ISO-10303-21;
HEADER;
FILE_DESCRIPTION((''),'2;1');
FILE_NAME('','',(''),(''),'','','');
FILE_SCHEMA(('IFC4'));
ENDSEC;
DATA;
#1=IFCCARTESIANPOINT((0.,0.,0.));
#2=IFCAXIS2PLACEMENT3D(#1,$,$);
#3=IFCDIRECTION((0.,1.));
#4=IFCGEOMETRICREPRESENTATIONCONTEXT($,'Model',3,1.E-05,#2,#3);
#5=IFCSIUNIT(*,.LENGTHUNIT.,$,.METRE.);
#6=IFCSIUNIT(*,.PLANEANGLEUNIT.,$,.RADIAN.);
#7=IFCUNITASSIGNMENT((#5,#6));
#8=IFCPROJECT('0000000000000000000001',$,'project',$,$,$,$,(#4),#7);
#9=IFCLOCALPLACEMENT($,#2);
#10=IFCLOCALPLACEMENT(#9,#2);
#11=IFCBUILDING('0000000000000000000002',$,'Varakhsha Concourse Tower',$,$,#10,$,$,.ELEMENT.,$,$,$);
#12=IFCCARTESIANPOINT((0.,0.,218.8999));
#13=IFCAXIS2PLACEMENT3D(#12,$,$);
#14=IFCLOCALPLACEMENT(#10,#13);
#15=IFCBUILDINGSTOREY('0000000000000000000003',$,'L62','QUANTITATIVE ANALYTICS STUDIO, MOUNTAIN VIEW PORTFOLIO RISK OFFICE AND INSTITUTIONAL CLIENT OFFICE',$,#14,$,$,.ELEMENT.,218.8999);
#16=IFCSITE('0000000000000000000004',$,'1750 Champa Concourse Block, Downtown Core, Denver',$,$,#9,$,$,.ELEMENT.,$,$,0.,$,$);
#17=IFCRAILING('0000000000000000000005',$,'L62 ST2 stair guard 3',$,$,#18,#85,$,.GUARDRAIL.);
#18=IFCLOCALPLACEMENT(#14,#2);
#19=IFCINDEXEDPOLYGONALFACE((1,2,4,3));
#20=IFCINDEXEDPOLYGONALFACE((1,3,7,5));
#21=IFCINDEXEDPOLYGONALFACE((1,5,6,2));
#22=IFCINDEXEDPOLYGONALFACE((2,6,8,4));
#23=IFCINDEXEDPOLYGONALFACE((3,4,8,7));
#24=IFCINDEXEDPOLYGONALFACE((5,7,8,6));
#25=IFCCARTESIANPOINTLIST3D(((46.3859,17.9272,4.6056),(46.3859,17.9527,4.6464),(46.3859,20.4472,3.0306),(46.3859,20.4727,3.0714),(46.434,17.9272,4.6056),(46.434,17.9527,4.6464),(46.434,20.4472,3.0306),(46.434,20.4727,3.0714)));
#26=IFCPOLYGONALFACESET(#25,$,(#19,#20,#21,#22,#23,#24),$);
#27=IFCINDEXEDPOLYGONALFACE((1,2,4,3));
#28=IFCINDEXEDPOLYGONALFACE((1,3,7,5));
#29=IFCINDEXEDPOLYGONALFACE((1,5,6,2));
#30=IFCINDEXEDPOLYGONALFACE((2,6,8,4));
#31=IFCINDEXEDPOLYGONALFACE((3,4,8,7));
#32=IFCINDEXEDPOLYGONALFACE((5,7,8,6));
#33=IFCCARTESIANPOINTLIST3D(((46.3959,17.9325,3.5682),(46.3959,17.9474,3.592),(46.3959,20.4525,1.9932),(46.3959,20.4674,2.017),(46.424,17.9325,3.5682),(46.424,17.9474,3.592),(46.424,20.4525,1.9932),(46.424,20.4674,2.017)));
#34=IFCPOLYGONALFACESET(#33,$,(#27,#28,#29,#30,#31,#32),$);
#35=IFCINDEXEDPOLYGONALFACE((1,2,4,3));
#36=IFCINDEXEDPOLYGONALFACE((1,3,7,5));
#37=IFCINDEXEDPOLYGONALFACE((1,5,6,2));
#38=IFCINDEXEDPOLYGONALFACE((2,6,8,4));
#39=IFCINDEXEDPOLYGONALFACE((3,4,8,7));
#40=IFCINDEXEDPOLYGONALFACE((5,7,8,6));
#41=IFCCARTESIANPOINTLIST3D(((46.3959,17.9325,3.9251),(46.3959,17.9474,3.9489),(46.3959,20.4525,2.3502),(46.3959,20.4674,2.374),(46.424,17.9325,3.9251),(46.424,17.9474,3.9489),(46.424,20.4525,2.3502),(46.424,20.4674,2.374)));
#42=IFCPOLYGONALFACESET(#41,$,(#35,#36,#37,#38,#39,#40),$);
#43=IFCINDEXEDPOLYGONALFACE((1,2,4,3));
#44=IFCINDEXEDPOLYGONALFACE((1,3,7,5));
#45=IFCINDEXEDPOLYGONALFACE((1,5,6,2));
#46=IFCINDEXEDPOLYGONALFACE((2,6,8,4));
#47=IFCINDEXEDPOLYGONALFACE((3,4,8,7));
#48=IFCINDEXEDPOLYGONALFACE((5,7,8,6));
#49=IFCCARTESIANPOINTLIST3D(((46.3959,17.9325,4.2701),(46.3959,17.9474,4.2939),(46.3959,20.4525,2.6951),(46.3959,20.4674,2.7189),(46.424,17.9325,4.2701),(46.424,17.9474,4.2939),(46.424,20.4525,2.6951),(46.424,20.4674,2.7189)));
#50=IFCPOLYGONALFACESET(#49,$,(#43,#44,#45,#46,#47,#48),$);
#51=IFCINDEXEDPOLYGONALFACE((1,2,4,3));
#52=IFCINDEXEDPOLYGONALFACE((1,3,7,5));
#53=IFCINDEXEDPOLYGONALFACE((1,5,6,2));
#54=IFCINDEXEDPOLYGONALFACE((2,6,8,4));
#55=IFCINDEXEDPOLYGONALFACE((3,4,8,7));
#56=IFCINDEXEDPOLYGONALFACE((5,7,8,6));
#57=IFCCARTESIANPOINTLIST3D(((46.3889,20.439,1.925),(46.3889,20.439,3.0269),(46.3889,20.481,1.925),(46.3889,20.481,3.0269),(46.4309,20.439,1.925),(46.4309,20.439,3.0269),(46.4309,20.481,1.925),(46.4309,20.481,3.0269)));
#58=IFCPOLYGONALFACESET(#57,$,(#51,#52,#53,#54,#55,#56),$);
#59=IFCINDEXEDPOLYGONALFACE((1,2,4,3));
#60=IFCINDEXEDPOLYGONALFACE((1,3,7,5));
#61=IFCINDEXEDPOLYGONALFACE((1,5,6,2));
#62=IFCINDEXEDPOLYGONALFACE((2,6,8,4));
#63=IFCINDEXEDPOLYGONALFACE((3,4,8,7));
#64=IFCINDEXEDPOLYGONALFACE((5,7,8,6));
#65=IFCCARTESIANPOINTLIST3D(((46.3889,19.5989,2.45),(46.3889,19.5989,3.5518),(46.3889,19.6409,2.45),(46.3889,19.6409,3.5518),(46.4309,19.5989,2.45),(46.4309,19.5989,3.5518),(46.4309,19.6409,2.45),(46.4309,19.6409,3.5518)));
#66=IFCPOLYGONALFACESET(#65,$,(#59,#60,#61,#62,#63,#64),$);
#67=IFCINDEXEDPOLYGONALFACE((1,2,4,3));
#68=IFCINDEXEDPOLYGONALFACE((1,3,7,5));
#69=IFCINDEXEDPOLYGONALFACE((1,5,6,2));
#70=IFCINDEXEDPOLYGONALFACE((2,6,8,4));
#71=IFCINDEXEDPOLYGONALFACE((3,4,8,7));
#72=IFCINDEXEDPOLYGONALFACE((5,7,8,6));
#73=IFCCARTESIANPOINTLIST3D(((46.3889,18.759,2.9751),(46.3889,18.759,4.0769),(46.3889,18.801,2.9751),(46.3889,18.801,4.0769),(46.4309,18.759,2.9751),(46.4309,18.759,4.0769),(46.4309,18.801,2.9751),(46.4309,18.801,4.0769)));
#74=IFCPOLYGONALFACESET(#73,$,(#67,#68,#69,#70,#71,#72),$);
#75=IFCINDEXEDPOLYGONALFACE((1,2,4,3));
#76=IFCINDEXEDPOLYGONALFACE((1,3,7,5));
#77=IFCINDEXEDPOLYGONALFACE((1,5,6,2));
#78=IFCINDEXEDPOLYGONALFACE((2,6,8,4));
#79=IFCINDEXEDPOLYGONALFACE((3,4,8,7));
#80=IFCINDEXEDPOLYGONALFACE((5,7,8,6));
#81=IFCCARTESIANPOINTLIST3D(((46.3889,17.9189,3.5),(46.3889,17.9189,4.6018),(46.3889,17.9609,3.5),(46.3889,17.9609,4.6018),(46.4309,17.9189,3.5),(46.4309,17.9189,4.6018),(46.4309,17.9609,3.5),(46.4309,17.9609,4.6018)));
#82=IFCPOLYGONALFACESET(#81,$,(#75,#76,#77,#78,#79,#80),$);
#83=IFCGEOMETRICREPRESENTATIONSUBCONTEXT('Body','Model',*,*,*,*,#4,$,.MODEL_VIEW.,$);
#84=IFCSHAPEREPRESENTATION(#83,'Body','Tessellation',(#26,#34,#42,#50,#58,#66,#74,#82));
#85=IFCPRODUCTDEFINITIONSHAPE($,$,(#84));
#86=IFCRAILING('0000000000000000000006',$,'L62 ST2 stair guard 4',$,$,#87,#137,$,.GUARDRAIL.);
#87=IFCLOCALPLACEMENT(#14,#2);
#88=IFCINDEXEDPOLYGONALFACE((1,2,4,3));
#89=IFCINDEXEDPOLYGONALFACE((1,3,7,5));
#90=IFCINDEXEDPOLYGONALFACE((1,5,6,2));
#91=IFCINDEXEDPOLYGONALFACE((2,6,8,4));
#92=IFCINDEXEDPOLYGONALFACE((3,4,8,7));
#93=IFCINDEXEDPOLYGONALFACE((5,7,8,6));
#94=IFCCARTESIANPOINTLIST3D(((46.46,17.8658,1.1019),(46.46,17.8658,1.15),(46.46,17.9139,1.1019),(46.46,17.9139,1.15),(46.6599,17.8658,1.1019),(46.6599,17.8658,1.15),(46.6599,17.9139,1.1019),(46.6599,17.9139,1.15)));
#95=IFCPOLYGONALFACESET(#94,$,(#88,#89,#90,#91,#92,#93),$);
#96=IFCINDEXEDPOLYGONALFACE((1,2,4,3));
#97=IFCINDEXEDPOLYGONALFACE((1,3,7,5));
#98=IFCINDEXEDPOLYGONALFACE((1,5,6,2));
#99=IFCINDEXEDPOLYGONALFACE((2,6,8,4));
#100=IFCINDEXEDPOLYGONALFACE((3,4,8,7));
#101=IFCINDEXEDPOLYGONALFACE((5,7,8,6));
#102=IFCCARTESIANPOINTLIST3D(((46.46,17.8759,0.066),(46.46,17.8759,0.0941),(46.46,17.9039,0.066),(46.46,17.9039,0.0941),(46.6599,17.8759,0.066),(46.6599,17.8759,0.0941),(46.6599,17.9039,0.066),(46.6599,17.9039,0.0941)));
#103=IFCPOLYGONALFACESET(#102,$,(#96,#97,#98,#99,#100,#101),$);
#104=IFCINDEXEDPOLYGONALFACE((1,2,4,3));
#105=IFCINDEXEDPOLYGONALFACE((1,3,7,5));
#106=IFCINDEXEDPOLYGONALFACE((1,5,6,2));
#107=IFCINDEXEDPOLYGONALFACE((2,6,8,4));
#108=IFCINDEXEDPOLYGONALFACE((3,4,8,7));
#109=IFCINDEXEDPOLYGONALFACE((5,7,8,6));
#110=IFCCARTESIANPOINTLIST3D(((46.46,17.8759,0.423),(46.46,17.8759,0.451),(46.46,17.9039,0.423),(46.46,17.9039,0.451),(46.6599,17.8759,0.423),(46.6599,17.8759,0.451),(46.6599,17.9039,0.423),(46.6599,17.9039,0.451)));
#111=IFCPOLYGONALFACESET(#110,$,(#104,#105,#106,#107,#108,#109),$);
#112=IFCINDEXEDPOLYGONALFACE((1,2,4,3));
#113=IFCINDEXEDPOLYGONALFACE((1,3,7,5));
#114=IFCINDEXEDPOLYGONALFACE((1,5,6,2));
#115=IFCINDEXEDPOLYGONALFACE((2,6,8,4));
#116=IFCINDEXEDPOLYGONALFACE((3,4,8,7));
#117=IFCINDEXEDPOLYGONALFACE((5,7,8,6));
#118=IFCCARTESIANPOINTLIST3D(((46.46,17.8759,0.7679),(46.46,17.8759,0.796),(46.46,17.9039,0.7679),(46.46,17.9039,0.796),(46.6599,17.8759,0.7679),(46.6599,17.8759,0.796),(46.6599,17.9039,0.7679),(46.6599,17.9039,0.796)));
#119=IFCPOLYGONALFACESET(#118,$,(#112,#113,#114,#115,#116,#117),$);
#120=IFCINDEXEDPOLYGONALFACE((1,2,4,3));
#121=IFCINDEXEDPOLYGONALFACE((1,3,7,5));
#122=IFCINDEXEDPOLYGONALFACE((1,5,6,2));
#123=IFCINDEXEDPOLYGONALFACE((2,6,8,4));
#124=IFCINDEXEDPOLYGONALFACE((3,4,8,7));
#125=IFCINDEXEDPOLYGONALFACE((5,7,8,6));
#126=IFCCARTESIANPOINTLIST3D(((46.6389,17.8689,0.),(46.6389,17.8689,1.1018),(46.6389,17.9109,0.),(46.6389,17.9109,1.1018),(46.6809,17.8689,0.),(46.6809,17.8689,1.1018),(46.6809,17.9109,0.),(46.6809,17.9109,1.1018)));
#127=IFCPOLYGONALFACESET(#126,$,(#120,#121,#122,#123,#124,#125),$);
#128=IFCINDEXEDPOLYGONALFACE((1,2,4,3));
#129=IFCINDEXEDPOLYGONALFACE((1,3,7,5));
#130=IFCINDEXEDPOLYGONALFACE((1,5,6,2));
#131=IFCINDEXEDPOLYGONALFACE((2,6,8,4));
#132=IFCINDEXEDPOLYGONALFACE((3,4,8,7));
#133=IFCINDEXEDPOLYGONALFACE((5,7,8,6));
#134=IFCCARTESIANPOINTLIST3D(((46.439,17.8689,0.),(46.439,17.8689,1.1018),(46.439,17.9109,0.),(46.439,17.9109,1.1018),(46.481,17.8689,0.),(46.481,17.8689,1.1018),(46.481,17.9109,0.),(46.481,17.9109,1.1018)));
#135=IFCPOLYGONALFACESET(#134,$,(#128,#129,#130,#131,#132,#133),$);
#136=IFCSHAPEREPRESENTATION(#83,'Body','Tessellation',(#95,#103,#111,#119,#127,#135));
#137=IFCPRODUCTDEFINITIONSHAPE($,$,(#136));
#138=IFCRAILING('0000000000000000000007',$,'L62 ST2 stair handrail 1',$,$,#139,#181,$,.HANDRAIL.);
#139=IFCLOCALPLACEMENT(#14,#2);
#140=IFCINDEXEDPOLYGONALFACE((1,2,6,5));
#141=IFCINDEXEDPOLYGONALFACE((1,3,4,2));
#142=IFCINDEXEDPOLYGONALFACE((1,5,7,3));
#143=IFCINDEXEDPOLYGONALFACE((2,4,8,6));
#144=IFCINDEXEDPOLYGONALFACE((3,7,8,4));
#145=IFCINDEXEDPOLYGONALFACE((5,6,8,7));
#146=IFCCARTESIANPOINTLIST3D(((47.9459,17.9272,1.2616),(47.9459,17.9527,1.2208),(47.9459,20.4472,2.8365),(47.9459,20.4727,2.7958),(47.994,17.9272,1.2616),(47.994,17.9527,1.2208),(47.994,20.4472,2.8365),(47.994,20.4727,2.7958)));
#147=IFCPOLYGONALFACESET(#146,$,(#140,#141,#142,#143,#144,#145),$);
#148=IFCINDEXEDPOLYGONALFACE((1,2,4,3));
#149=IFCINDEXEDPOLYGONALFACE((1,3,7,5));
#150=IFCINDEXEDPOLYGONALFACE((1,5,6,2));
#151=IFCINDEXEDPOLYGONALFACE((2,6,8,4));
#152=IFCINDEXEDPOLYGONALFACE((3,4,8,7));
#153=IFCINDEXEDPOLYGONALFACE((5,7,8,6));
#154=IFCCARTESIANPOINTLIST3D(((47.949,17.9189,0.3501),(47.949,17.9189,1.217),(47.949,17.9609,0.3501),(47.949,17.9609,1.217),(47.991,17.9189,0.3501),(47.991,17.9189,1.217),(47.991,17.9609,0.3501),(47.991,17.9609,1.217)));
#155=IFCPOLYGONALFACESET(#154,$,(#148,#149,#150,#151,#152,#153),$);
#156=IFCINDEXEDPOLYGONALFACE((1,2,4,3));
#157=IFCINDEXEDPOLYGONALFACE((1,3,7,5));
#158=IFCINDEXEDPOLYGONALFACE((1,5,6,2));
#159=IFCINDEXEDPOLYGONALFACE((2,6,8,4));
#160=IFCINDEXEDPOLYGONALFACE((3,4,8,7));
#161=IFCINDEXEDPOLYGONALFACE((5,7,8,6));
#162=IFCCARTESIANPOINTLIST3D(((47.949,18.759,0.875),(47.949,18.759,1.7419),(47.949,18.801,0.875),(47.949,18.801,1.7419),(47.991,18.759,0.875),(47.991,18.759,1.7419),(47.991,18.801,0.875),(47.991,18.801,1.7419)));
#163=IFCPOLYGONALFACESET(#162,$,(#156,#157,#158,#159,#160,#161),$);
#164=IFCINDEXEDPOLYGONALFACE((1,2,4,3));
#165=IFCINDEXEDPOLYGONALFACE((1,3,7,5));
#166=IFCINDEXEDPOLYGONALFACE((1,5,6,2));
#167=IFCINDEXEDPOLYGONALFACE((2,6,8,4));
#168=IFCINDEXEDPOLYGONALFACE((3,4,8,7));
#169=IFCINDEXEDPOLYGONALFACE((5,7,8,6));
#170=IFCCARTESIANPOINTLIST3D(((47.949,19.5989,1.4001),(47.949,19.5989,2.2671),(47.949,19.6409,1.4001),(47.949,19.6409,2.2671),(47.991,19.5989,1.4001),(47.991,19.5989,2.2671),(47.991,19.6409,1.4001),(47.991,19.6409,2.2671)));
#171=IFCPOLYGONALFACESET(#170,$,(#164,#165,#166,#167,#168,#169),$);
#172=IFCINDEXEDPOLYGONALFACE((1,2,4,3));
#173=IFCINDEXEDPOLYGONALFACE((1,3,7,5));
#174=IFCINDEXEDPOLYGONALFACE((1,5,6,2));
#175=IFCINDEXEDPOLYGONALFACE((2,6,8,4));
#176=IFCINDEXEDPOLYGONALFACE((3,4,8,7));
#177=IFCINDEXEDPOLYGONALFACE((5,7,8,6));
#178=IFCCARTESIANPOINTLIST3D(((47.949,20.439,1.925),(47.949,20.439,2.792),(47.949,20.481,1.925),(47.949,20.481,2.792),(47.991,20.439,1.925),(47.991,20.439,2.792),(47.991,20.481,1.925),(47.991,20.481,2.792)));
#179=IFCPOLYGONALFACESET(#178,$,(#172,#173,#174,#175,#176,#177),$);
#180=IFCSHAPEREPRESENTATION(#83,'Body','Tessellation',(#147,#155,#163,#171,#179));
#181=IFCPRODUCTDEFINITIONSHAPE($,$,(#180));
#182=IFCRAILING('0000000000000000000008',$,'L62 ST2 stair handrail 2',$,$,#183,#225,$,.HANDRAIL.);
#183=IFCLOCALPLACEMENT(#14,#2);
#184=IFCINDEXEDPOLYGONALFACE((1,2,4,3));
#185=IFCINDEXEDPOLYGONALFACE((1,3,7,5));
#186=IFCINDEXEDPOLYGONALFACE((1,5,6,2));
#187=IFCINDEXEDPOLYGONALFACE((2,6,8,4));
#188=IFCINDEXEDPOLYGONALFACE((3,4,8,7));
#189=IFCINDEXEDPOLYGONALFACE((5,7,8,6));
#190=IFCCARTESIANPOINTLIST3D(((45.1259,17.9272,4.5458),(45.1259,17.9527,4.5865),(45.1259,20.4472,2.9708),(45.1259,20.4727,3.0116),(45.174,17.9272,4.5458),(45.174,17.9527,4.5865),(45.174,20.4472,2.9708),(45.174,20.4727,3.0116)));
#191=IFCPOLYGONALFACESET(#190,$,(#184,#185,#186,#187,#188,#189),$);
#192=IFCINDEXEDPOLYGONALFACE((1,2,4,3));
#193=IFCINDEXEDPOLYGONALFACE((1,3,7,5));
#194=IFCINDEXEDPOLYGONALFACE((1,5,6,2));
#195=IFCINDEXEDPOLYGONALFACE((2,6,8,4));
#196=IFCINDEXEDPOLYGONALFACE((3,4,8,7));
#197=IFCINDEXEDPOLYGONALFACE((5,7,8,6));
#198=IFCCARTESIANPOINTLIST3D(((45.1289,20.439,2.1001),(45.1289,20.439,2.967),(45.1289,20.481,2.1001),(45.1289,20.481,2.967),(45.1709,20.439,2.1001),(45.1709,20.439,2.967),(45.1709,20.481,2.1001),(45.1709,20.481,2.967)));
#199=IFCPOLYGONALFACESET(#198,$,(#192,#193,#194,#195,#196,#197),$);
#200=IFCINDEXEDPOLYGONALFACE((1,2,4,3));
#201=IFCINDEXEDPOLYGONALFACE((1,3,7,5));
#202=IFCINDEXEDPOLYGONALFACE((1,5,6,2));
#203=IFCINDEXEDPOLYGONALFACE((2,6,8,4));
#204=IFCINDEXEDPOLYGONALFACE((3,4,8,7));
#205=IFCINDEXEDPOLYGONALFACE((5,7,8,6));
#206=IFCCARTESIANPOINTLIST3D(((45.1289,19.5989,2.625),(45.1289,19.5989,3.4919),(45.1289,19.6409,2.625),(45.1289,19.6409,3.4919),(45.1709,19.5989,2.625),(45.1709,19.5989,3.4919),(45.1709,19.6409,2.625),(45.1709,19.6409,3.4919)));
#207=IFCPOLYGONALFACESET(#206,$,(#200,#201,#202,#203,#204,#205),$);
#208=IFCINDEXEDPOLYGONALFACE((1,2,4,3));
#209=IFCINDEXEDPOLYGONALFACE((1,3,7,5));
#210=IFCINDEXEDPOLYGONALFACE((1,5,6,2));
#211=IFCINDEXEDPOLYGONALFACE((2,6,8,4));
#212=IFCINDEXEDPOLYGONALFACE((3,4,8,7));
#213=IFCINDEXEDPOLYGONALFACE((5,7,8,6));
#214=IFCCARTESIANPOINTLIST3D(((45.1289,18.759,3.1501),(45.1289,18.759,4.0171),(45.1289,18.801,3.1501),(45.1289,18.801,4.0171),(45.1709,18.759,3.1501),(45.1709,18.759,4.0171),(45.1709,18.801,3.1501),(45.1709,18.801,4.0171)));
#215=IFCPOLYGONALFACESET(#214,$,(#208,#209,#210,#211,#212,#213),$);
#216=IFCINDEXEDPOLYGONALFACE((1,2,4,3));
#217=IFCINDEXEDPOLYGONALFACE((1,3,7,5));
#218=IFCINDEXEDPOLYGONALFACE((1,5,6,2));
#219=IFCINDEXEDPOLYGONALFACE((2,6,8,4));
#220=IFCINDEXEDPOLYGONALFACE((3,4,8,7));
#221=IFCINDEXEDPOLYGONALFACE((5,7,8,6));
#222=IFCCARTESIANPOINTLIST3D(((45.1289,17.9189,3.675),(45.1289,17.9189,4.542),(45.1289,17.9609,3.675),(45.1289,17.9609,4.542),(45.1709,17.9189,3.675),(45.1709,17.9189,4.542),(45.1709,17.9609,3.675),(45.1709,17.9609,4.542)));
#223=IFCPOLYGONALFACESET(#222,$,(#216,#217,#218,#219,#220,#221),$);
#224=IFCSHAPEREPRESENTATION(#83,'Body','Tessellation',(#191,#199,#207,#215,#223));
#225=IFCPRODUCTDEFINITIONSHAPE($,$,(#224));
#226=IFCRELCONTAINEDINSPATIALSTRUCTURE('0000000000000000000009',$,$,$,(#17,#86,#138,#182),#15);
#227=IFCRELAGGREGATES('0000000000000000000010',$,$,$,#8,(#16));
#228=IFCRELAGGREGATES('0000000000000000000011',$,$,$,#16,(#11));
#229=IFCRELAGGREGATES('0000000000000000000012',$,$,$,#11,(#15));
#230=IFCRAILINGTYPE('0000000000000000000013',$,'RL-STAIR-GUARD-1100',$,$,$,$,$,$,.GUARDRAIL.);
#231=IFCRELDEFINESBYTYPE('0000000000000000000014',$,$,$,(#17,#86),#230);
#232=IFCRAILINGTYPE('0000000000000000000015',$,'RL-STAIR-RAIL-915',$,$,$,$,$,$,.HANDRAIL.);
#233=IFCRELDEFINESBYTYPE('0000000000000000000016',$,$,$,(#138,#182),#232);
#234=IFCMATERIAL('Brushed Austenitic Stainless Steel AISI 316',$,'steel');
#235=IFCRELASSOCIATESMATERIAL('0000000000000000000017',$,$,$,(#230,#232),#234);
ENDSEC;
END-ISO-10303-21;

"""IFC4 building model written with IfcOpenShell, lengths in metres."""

from ifc_helpers import new_model, si_unit, direction, frame, origin, origin_2d, place, context, subcontext, project, spatial, rectangle, extrude, material, type_object, element, save


model = new_model("IFC4")

# Units and contexts
model_context = context("Model", 3, precision=1e-05, world=origin(), true_north=direction((0.0, 1.0)))
body_context = subcontext(model_context, "Body", "Model", "MODEL_VIEW")
ifc_project = project(units=[si_unit("LENGTHUNIT", "METRE"), si_unit("PLANEANGLEUNIT", "RADIAN")], contexts=[model_context])

# Site, building, storey
site_placement = place(None, origin())
site = spatial("IfcSite", under=ifc_project, at=site_placement, Name="1750 Champa Concourse Block, Downtown Core, Denver", CompositionType="ELEMENT", RefElevation=0.0)
building_placement = place(site_placement, origin())
building = spatial("IfcBuilding", under=site, at=building_placement, Name="Varakhsha Concourse Tower", CompositionType="ELEMENT")
storey_placement = place(building_placement, frame((0.0, 0.0, 218.8999)))
storey = spatial("IfcBuildingStorey", under=building, at=storey_placement, Name="L62", Description="QUANTITATIVE ANALYTICS STUDIO, MOUNTAIN VIEW PORTFOLIO RISK OFFICE AND INSTITUTIONAL CLIENT OFFICE", CompositionType="ELEMENT", Elevation=218.8999)

# Railings
ifc_material_1 = material(Name="Brushed Austenitic Stainless Steel AISI 316", Category="steel")
railing_type_1 = type_object("IfcRailingType", Name="RL-STAIR-GUARD-1100", PredefinedType="GUARDRAIL", material=ifc_material_1)
railing_1_placement = place(storey_placement, frame((46.4099, 20.46, 1.925)))
element("IfcRailing", 1, at=railing_1_placement, inside=storey, type_object=railing_type_1, Name="L62 ST2 stair guard 3", PredefinedType="GUARDRAIL", context=body_context, shape_type="SweptSolid", body=[
    extrude(rectangle(XDim=0.0481, YDim=0.0481, at=origin_2d()), frame((0.0, 0.0, 1.126), z_axis=(0.0, -0.848008, 0.529984), x_axis=(1.0, 0.0, 0.0)), (0.0, 0.0, 1.0), 2.9717),
    extrude(rectangle(XDim=0.0281, YDim=0.0281, at=origin_2d()), frame((0.0, 0.0, 0.0801), z_axis=(0.0, -0.848008, 0.529984), x_axis=(1.0, 0.0, 0.0)), (0.0, 0.0, 1.0), 2.9717),
    extrude(rectangle(XDim=0.0281, YDim=0.0281, at=origin_2d()), frame((0.0, 0.0, 0.437), z_axis=(0.0, -0.848008, 0.529984), x_axis=(1.0, 0.0, 0.0)), (0.0, 0.0, 1.0), 2.9717),
    extrude(rectangle(XDim=0.0281, YDim=0.0281, at=origin_2d()), frame((0.0, 0.0, 0.782), z_axis=(0.0, -0.848008, 0.529984), x_axis=(1.0, 0.0, 0.0)), (0.0, 0.0, 1.0), 2.9717),
    extrude(rectangle(XDim=0.042, YDim=0.042, at=origin_2d()), origin(), (0.0, 0.0, 1.0), 1.1018),
    extrude(rectangle(XDim=0.042, YDim=0.042, at=origin_2d()), frame((0.0, -0.8401, 0.5249)), (0.0, 0.0, 1.0), 1.1018),
    extrude(rectangle(XDim=0.042, YDim=0.042, at=origin_2d()), frame((0.0, -1.6799, 1.05)), (0.0, 0.0, 1.0), 1.1018),
    extrude(rectangle(XDim=0.042, YDim=0.042, at=origin_2d()), frame((0.0, -2.52, 1.575)), (0.0, 0.0, 1.0), 1.1018),
])
railing_2_placement = place(storey_placement, frame((46.6599, 17.8899, 0.0)))
element("IfcRailing", 2, at=railing_2_placement, inside=storey, type_object=railing_type_1, Name="L62 ST2 stair guard 4", PredefinedType="GUARDRAIL", context=body_context, shape_type="SweptSolid", body=[
    extrude(rectangle(XDim=0.0481, YDim=0.0481, at=origin_2d()), frame((0.0, 0.0, 1.126), z_axis=(-1.0, 0.0, 0.0), x_axis=(0.0, -1.0, 0.0)), (0.0, 0.0, 1.0), 0.2),
    extrude(rectangle(XDim=0.0281, YDim=0.0281, at=origin_2d()), frame((0.0, 0.0, 0.0801), z_axis=(-1.0, 0.0, 0.0), x_axis=(0.0, -1.0, 0.0)), (0.0, 0.0, 1.0), 0.2),
    extrude(rectangle(XDim=0.0281, YDim=0.0281, at=origin_2d()), frame((0.0, 0.0, 0.437), z_axis=(-1.0, 0.0, 0.0), x_axis=(0.0, -1.0, 0.0)), (0.0, 0.0, 1.0), 0.2),
    extrude(rectangle(XDim=0.0281, YDim=0.0281, at=origin_2d()), frame((0.0, 0.0, 0.782), z_axis=(-1.0, 0.0, 0.0), x_axis=(0.0, -1.0, 0.0)), (0.0, 0.0, 1.0), 0.2),
    extrude(rectangle(XDim=0.042, YDim=0.042, at=origin_2d()), origin(), (0.0, 0.0, 1.0), 1.1018),
    extrude(rectangle(XDim=0.042, YDim=0.042, at=origin_2d()), frame((-0.2, 0.0, 0.0)), (0.0, 0.0, 1.0), 1.1018),
])
railing_type_2 = type_object("IfcRailingType", Name="RL-STAIR-RAIL-915", PredefinedType="HANDRAIL", material=ifc_material_1)
railing_3_placement = place(storey_placement, frame((47.97, 17.9399, 0.3501)))
element("IfcRailing", 3, at=railing_3_placement, inside=storey, type_object=railing_type_2, Name="L62 ST2 stair handrail 1", PredefinedType="HANDRAIL", context=body_context, shape_type="SweptSolid", body=[
    extrude(rectangle(XDim=0.0481, YDim=0.0481, at=origin_2d()), frame((0.0, 0.0, 0.8911), z_axis=(0.0, 0.848008, 0.529984), x_axis=(-1.0, 0.0, 0.0)), (0.0, 0.0, 1.0), 2.9717),
    extrude(rectangle(XDim=0.042, YDim=0.042, at=origin_2d()), origin(), (0.0, 0.0, 1.0), 0.8669),
    extrude(rectangle(XDim=0.042, YDim=0.042, at=origin_2d()), frame((0.0, 0.8401, 0.5249)), (0.0, 0.0, 1.0), 0.8669),
    extrude(rectangle(XDim=0.042, YDim=0.042, at=origin_2d()), frame((0.0, 1.6799, 1.05)), (0.0, 0.0, 1.0), 0.8669),
    extrude(rectangle(XDim=0.042, YDim=0.042, at=origin_2d()), frame((0.0, 2.52, 1.575)), (0.0, 0.0, 1.0), 0.8669),
])
railing_4_placement = place(storey_placement, frame((45.1499, 20.46, 2.1001)))
element("IfcRailing", 4, at=railing_4_placement, inside=storey, type_object=railing_type_2, Name="L62 ST2 stair handrail 2", PredefinedType="HANDRAIL", context=body_context, shape_type="SweptSolid", body=[
    extrude(rectangle(XDim=0.0481, YDim=0.0481, at=origin_2d()), frame((0.0, 0.0, 0.8911), z_axis=(0.0, -0.848008, 0.529984), x_axis=(1.0, 0.0, 0.0)), (0.0, 0.0, 1.0), 2.9717),
    extrude(rectangle(XDim=0.042, YDim=0.042, at=origin_2d()), origin(), (0.0, 0.0, 1.0), 0.8669),
    extrude(rectangle(XDim=0.042, YDim=0.042, at=origin_2d()), frame((0.0, -0.8401, 0.5249)), (0.0, 0.0, 1.0), 0.8669),
    extrude(rectangle(XDim=0.042, YDim=0.042, at=origin_2d()), frame((0.0, -1.6799, 1.05)), (0.0, 0.0, 1.0), 0.8669),
    extrude(rectangle(XDim=0.042, YDim=0.042, at=origin_2d()), frame((0.0, -2.52, 1.575)), (0.0, 0.0, 1.0), 0.8669),
])

save(model, "model.ifc")
